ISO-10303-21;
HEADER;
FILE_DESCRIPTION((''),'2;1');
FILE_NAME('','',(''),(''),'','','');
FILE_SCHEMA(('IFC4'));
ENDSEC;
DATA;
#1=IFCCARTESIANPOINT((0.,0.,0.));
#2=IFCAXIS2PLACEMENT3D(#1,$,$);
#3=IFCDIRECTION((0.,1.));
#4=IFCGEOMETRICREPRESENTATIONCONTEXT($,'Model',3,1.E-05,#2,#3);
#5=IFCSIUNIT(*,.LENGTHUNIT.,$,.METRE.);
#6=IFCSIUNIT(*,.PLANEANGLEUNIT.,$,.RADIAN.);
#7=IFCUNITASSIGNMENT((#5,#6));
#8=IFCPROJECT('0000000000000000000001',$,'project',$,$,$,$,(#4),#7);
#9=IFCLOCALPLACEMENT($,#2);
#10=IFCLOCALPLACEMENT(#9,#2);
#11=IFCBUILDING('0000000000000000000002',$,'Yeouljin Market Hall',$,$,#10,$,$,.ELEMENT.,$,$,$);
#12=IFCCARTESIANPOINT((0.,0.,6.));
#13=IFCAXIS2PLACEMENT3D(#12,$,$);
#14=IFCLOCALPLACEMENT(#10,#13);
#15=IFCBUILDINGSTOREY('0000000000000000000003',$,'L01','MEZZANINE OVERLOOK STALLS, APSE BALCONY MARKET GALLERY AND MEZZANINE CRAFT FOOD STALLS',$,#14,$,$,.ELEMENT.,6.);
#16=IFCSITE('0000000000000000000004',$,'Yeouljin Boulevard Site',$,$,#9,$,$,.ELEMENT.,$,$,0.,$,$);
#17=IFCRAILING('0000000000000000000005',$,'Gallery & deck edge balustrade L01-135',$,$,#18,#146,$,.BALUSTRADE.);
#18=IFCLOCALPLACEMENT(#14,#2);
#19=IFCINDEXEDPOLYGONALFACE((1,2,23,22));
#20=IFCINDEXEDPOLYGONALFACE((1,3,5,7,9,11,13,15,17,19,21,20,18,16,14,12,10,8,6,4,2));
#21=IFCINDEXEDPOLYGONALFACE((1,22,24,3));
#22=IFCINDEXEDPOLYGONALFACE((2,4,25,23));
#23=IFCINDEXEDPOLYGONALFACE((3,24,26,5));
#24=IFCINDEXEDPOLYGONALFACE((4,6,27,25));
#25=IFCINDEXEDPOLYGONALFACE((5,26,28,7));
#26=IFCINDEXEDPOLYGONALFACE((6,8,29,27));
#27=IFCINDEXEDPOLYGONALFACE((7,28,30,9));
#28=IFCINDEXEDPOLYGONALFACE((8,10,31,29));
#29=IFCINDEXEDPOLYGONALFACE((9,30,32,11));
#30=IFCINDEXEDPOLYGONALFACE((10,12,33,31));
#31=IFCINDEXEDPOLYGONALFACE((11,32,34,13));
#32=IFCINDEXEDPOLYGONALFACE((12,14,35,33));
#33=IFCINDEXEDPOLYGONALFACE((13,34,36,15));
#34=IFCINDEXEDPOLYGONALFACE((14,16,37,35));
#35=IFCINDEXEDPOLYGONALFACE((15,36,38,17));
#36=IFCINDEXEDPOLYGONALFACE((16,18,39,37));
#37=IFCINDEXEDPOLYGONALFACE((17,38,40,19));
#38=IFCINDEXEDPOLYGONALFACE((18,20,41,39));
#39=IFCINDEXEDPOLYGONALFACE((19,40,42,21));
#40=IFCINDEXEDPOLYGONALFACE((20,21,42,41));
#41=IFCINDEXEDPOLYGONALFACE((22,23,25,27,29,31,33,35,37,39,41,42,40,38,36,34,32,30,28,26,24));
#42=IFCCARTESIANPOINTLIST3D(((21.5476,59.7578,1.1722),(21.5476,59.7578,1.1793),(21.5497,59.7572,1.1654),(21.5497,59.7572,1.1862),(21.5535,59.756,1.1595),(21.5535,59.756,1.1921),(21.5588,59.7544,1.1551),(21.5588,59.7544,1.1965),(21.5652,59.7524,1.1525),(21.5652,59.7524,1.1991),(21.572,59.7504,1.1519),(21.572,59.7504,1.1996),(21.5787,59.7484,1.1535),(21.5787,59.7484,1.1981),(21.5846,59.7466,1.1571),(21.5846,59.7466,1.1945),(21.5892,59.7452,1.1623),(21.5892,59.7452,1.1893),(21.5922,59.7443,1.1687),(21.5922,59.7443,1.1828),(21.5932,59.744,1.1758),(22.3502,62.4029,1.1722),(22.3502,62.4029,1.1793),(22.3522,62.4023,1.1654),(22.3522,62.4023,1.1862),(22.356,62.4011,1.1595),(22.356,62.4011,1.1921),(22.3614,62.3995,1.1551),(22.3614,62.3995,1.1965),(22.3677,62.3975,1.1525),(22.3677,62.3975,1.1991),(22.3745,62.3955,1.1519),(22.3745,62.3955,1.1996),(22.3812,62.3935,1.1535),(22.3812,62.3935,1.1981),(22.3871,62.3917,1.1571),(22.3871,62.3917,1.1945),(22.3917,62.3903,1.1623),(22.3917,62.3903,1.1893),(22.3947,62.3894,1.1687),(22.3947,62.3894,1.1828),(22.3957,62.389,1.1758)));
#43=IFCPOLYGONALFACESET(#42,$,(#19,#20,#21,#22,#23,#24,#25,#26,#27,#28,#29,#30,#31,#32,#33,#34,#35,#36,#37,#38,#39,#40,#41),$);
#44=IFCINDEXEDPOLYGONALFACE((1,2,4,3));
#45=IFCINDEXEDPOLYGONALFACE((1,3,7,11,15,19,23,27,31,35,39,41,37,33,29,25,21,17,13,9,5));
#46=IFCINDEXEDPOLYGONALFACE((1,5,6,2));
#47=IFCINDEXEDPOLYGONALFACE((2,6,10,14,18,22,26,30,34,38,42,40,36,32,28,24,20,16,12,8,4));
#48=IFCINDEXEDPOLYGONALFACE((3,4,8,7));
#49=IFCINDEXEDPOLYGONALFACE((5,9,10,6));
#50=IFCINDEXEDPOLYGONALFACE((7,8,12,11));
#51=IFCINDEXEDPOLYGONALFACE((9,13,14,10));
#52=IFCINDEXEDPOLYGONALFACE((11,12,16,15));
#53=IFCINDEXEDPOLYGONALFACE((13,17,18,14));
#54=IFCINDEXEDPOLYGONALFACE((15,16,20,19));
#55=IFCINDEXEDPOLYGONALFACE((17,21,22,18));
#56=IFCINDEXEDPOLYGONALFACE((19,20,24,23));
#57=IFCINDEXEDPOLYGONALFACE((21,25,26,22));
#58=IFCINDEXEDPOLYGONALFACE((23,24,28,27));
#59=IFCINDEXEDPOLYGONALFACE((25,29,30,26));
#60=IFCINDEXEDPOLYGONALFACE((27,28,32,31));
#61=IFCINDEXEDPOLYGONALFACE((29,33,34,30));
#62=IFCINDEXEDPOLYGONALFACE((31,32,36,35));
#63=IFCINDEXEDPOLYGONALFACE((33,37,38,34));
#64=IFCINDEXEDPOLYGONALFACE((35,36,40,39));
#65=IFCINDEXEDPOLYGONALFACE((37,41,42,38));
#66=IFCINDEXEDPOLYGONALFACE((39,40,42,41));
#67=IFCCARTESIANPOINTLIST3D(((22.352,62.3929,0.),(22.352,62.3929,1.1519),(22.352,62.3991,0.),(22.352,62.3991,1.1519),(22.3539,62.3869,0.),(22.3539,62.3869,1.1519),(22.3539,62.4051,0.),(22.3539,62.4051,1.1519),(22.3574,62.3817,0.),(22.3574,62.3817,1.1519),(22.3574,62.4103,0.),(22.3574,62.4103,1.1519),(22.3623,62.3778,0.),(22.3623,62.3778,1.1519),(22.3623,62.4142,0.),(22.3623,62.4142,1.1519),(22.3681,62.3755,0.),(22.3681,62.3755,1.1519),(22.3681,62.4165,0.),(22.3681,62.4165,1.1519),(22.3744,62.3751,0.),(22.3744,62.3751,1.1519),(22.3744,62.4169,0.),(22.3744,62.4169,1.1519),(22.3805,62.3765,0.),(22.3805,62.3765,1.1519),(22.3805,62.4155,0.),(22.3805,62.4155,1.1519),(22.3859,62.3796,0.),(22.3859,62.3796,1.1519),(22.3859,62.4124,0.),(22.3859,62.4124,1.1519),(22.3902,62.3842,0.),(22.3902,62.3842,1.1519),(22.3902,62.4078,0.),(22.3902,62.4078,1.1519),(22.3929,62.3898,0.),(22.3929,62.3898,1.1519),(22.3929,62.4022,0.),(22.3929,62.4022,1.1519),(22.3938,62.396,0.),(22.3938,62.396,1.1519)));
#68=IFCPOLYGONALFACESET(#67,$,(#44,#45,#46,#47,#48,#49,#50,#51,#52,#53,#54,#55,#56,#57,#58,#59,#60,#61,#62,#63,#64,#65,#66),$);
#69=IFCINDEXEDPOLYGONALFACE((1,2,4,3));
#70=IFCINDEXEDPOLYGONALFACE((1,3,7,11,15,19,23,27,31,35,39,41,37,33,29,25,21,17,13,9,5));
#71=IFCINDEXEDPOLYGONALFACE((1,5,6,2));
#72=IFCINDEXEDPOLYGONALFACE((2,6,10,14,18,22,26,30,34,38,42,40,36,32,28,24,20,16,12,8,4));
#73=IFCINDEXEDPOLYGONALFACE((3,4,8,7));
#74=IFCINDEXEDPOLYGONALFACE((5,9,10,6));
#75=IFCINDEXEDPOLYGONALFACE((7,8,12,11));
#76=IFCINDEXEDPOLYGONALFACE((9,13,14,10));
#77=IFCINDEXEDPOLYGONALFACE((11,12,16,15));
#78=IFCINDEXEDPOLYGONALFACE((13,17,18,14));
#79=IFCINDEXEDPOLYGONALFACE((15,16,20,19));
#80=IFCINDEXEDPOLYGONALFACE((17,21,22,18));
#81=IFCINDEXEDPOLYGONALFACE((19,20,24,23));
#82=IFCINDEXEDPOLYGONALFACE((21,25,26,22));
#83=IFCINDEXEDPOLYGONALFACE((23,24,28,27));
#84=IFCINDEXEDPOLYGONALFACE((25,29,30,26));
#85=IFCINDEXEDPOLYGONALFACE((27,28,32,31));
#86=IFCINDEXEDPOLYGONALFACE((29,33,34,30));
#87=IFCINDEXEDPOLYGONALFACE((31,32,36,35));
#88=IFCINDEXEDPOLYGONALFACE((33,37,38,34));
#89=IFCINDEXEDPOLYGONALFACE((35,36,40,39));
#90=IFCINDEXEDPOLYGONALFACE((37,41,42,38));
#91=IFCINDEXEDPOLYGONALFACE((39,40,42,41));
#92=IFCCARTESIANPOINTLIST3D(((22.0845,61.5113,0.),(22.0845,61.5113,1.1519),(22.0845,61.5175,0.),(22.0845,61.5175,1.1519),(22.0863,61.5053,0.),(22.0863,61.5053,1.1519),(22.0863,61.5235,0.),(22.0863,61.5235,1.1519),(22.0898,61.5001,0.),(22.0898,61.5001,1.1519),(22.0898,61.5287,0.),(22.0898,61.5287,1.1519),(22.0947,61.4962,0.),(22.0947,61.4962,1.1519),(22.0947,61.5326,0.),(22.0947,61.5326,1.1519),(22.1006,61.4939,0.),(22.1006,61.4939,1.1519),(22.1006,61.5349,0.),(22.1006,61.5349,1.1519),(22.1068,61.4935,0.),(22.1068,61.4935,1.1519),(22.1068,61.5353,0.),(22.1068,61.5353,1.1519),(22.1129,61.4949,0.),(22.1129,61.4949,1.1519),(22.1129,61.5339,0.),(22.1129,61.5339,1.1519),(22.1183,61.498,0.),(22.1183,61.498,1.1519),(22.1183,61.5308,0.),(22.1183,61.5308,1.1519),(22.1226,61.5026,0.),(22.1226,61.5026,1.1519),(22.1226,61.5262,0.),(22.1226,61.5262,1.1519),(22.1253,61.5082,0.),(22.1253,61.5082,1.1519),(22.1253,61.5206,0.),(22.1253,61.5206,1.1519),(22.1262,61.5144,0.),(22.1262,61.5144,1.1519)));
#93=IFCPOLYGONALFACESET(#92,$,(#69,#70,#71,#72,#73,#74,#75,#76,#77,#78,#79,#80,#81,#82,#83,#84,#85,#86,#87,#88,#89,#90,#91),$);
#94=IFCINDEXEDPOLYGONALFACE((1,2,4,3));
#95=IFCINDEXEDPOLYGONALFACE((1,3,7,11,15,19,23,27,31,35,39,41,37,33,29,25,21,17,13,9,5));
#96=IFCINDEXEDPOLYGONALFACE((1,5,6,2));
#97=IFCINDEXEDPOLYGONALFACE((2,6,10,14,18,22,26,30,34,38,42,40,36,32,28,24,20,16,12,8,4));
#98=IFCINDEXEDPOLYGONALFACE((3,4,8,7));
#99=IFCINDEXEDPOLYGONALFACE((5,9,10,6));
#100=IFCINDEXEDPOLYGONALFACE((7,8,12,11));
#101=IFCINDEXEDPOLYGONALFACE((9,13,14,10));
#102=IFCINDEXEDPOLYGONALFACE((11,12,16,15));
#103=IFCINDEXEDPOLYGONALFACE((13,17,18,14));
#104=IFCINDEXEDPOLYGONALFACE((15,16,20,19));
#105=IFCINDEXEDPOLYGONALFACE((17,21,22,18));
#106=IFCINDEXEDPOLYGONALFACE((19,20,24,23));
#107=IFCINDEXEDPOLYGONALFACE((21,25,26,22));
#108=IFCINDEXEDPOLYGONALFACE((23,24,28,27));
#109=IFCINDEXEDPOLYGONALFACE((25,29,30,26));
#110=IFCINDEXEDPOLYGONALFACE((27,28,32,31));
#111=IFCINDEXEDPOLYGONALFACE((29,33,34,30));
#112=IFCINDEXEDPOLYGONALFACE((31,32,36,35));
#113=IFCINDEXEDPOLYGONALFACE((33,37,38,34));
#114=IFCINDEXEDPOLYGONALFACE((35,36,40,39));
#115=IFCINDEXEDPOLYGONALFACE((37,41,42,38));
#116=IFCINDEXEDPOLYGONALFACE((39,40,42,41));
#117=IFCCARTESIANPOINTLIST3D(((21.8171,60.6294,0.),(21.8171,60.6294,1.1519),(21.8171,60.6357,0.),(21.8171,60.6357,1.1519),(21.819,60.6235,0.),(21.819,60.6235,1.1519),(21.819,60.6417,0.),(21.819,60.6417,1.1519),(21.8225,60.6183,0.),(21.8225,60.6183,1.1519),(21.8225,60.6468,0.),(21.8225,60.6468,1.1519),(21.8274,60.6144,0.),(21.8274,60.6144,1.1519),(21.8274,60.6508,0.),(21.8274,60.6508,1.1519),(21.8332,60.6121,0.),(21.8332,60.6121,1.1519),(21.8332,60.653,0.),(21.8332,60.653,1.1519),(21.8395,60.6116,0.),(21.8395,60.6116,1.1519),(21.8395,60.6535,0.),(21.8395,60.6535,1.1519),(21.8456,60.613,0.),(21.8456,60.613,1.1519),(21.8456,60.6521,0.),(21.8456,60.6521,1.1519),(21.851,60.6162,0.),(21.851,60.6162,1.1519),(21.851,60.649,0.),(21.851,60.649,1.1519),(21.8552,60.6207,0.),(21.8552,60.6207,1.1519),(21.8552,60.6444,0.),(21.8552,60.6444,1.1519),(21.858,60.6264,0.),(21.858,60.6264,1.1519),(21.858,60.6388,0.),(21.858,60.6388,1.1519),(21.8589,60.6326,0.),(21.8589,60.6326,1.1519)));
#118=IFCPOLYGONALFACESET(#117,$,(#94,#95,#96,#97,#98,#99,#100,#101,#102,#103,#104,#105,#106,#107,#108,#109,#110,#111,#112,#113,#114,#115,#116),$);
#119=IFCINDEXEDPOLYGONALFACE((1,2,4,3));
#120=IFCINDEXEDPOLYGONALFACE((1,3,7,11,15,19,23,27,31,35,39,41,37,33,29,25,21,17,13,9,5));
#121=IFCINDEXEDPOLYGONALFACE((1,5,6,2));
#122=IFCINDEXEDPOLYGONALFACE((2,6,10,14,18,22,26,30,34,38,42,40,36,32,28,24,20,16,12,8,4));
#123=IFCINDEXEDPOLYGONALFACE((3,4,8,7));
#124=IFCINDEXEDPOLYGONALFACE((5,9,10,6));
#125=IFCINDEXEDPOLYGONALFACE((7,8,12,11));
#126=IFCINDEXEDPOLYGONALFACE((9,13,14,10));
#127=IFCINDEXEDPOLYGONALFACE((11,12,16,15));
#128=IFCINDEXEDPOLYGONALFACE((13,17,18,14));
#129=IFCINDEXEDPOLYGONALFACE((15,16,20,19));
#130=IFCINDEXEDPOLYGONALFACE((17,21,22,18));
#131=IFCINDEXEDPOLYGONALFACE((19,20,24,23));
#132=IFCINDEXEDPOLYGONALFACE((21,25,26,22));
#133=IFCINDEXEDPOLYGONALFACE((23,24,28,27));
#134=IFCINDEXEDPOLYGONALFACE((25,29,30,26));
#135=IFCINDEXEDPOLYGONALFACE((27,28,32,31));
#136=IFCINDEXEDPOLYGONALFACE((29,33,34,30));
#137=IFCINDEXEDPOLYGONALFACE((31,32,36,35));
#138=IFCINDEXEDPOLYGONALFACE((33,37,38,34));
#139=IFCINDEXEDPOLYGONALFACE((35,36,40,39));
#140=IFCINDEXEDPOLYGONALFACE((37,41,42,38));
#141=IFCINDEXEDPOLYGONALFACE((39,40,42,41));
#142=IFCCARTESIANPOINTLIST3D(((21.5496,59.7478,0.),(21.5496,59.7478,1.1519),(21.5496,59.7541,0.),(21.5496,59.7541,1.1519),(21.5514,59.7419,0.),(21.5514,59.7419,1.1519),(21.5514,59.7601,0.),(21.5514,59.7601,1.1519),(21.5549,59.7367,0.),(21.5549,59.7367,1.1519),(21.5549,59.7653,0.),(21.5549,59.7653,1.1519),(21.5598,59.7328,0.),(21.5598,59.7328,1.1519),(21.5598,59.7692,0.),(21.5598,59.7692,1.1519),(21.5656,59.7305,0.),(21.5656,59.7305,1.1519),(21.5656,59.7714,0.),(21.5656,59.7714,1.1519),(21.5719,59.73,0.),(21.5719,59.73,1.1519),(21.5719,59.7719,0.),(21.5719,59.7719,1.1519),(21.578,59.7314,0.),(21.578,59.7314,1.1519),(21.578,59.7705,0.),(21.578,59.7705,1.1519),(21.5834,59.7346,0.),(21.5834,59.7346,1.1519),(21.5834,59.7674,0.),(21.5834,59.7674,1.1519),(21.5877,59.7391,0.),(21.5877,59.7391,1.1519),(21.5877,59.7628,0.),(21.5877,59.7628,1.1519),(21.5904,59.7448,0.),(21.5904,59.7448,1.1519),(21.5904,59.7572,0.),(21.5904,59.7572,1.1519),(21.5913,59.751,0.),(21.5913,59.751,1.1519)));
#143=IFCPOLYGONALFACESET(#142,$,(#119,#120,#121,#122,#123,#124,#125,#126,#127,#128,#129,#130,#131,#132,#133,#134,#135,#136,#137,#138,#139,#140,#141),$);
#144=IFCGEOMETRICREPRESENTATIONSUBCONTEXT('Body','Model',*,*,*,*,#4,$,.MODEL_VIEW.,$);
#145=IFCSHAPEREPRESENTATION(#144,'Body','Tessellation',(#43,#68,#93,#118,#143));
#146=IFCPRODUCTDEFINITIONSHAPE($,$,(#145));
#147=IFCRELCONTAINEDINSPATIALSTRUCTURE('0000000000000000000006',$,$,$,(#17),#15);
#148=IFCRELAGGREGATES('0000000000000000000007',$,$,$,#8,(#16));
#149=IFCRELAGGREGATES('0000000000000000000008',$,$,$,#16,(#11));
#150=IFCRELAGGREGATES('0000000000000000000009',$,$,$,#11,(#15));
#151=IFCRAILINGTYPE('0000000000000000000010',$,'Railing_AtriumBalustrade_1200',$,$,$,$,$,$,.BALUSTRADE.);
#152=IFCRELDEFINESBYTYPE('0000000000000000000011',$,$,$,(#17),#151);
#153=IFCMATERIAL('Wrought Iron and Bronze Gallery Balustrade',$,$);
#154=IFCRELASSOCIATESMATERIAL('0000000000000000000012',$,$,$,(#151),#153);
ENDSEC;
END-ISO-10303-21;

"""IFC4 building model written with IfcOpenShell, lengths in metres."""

from ifc_helpers import new_model, si_unit, direction, frame, origin, origin_2d, place, context, subcontext, project, spatial, circle, extrude, material, type_object, element, save


model = new_model("IFC4")

# Units and contexts
model_context = context("Model", 3, precision=1e-05, world=origin(), true_north=direction((0.0, 1.0)))
body_context = subcontext(model_context, "Body", "Model", "MODEL_VIEW")
ifc_project = project(units=[si_unit("LENGTHUNIT", "METRE"), si_unit("PLANEANGLEUNIT", "RADIAN")], contexts=[model_context])

# Site, building, storey
site_placement = place(None, origin())
site = spatial("IfcSite", under=ifc_project, at=site_placement, Name="Yeouljin Boulevard Site", CompositionType="ELEMENT", RefElevation=0.0)
building_placement = place(site_placement, origin())
building = spatial("IfcBuilding", under=site, at=building_placement, Name="Yeouljin Market Hall", CompositionType="ELEMENT")
storey_placement = place(building_placement, frame((0.0, 0.0, 6.0)))
storey = spatial("IfcBuildingStorey", under=building, at=storey_placement, Name="L01", Description="MEZZANINE OVERLOOK STALLS, APSE BALCONY MARKET GALLERY AND MEZZANINE CRAFT FOOD STALLS", CompositionType="ELEMENT", Elevation=6.0)

# Railing
ifc_material_1 = material(Name="Wrought Iron and Bronze Gallery Balustrade")
railing_type = type_object("IfcRailingType", Name="Railing_AtriumBalustrade_1200", PredefinedType="BALUSTRADE", material=ifc_material_1)
railing_placement = place(storey_placement, frame((22.3728, 62.396, 0.0)))
element("IfcRailing", 1, at=railing_placement, inside=storey, type_object=railing_type, Name="Gallery & deck edge balustrade L01-135", PredefinedType="BALUSTRADE", context=body_context, shape_type="SweptSolid", body=[
    extrude(circle(Radius=0.0239, at=origin_2d()), frame((0.0, 0.0, 1.1758), z_axis=(-0.290329, -0.956927, 0.0), x_axis=(0.956927, -0.290329, 0.0)), (0.0, 0.0, 1.0), 2.7642),
    extrude(circle(Radius=0.021, at=origin_2d()), origin(), (0.0, 0.0, 1.0), 1.1519),
    extrude(circle(Radius=0.021, at=origin_2d()), frame((-0.2676, -0.8816, 0.0)), (0.0, 0.0, 1.0), 1.1519),
    extrude(circle(Radius=0.021, at=origin_2d()), frame((-0.5349, -1.7634, 0.0)), (0.0, 0.0, 1.0), 1.1519),
    extrude(circle(Radius=0.021, at=origin_2d()), frame((-0.8025, -2.645, 0.0)), (0.0, 0.0, 1.0), 1.1519),
])

save(model, "model.ifc")
